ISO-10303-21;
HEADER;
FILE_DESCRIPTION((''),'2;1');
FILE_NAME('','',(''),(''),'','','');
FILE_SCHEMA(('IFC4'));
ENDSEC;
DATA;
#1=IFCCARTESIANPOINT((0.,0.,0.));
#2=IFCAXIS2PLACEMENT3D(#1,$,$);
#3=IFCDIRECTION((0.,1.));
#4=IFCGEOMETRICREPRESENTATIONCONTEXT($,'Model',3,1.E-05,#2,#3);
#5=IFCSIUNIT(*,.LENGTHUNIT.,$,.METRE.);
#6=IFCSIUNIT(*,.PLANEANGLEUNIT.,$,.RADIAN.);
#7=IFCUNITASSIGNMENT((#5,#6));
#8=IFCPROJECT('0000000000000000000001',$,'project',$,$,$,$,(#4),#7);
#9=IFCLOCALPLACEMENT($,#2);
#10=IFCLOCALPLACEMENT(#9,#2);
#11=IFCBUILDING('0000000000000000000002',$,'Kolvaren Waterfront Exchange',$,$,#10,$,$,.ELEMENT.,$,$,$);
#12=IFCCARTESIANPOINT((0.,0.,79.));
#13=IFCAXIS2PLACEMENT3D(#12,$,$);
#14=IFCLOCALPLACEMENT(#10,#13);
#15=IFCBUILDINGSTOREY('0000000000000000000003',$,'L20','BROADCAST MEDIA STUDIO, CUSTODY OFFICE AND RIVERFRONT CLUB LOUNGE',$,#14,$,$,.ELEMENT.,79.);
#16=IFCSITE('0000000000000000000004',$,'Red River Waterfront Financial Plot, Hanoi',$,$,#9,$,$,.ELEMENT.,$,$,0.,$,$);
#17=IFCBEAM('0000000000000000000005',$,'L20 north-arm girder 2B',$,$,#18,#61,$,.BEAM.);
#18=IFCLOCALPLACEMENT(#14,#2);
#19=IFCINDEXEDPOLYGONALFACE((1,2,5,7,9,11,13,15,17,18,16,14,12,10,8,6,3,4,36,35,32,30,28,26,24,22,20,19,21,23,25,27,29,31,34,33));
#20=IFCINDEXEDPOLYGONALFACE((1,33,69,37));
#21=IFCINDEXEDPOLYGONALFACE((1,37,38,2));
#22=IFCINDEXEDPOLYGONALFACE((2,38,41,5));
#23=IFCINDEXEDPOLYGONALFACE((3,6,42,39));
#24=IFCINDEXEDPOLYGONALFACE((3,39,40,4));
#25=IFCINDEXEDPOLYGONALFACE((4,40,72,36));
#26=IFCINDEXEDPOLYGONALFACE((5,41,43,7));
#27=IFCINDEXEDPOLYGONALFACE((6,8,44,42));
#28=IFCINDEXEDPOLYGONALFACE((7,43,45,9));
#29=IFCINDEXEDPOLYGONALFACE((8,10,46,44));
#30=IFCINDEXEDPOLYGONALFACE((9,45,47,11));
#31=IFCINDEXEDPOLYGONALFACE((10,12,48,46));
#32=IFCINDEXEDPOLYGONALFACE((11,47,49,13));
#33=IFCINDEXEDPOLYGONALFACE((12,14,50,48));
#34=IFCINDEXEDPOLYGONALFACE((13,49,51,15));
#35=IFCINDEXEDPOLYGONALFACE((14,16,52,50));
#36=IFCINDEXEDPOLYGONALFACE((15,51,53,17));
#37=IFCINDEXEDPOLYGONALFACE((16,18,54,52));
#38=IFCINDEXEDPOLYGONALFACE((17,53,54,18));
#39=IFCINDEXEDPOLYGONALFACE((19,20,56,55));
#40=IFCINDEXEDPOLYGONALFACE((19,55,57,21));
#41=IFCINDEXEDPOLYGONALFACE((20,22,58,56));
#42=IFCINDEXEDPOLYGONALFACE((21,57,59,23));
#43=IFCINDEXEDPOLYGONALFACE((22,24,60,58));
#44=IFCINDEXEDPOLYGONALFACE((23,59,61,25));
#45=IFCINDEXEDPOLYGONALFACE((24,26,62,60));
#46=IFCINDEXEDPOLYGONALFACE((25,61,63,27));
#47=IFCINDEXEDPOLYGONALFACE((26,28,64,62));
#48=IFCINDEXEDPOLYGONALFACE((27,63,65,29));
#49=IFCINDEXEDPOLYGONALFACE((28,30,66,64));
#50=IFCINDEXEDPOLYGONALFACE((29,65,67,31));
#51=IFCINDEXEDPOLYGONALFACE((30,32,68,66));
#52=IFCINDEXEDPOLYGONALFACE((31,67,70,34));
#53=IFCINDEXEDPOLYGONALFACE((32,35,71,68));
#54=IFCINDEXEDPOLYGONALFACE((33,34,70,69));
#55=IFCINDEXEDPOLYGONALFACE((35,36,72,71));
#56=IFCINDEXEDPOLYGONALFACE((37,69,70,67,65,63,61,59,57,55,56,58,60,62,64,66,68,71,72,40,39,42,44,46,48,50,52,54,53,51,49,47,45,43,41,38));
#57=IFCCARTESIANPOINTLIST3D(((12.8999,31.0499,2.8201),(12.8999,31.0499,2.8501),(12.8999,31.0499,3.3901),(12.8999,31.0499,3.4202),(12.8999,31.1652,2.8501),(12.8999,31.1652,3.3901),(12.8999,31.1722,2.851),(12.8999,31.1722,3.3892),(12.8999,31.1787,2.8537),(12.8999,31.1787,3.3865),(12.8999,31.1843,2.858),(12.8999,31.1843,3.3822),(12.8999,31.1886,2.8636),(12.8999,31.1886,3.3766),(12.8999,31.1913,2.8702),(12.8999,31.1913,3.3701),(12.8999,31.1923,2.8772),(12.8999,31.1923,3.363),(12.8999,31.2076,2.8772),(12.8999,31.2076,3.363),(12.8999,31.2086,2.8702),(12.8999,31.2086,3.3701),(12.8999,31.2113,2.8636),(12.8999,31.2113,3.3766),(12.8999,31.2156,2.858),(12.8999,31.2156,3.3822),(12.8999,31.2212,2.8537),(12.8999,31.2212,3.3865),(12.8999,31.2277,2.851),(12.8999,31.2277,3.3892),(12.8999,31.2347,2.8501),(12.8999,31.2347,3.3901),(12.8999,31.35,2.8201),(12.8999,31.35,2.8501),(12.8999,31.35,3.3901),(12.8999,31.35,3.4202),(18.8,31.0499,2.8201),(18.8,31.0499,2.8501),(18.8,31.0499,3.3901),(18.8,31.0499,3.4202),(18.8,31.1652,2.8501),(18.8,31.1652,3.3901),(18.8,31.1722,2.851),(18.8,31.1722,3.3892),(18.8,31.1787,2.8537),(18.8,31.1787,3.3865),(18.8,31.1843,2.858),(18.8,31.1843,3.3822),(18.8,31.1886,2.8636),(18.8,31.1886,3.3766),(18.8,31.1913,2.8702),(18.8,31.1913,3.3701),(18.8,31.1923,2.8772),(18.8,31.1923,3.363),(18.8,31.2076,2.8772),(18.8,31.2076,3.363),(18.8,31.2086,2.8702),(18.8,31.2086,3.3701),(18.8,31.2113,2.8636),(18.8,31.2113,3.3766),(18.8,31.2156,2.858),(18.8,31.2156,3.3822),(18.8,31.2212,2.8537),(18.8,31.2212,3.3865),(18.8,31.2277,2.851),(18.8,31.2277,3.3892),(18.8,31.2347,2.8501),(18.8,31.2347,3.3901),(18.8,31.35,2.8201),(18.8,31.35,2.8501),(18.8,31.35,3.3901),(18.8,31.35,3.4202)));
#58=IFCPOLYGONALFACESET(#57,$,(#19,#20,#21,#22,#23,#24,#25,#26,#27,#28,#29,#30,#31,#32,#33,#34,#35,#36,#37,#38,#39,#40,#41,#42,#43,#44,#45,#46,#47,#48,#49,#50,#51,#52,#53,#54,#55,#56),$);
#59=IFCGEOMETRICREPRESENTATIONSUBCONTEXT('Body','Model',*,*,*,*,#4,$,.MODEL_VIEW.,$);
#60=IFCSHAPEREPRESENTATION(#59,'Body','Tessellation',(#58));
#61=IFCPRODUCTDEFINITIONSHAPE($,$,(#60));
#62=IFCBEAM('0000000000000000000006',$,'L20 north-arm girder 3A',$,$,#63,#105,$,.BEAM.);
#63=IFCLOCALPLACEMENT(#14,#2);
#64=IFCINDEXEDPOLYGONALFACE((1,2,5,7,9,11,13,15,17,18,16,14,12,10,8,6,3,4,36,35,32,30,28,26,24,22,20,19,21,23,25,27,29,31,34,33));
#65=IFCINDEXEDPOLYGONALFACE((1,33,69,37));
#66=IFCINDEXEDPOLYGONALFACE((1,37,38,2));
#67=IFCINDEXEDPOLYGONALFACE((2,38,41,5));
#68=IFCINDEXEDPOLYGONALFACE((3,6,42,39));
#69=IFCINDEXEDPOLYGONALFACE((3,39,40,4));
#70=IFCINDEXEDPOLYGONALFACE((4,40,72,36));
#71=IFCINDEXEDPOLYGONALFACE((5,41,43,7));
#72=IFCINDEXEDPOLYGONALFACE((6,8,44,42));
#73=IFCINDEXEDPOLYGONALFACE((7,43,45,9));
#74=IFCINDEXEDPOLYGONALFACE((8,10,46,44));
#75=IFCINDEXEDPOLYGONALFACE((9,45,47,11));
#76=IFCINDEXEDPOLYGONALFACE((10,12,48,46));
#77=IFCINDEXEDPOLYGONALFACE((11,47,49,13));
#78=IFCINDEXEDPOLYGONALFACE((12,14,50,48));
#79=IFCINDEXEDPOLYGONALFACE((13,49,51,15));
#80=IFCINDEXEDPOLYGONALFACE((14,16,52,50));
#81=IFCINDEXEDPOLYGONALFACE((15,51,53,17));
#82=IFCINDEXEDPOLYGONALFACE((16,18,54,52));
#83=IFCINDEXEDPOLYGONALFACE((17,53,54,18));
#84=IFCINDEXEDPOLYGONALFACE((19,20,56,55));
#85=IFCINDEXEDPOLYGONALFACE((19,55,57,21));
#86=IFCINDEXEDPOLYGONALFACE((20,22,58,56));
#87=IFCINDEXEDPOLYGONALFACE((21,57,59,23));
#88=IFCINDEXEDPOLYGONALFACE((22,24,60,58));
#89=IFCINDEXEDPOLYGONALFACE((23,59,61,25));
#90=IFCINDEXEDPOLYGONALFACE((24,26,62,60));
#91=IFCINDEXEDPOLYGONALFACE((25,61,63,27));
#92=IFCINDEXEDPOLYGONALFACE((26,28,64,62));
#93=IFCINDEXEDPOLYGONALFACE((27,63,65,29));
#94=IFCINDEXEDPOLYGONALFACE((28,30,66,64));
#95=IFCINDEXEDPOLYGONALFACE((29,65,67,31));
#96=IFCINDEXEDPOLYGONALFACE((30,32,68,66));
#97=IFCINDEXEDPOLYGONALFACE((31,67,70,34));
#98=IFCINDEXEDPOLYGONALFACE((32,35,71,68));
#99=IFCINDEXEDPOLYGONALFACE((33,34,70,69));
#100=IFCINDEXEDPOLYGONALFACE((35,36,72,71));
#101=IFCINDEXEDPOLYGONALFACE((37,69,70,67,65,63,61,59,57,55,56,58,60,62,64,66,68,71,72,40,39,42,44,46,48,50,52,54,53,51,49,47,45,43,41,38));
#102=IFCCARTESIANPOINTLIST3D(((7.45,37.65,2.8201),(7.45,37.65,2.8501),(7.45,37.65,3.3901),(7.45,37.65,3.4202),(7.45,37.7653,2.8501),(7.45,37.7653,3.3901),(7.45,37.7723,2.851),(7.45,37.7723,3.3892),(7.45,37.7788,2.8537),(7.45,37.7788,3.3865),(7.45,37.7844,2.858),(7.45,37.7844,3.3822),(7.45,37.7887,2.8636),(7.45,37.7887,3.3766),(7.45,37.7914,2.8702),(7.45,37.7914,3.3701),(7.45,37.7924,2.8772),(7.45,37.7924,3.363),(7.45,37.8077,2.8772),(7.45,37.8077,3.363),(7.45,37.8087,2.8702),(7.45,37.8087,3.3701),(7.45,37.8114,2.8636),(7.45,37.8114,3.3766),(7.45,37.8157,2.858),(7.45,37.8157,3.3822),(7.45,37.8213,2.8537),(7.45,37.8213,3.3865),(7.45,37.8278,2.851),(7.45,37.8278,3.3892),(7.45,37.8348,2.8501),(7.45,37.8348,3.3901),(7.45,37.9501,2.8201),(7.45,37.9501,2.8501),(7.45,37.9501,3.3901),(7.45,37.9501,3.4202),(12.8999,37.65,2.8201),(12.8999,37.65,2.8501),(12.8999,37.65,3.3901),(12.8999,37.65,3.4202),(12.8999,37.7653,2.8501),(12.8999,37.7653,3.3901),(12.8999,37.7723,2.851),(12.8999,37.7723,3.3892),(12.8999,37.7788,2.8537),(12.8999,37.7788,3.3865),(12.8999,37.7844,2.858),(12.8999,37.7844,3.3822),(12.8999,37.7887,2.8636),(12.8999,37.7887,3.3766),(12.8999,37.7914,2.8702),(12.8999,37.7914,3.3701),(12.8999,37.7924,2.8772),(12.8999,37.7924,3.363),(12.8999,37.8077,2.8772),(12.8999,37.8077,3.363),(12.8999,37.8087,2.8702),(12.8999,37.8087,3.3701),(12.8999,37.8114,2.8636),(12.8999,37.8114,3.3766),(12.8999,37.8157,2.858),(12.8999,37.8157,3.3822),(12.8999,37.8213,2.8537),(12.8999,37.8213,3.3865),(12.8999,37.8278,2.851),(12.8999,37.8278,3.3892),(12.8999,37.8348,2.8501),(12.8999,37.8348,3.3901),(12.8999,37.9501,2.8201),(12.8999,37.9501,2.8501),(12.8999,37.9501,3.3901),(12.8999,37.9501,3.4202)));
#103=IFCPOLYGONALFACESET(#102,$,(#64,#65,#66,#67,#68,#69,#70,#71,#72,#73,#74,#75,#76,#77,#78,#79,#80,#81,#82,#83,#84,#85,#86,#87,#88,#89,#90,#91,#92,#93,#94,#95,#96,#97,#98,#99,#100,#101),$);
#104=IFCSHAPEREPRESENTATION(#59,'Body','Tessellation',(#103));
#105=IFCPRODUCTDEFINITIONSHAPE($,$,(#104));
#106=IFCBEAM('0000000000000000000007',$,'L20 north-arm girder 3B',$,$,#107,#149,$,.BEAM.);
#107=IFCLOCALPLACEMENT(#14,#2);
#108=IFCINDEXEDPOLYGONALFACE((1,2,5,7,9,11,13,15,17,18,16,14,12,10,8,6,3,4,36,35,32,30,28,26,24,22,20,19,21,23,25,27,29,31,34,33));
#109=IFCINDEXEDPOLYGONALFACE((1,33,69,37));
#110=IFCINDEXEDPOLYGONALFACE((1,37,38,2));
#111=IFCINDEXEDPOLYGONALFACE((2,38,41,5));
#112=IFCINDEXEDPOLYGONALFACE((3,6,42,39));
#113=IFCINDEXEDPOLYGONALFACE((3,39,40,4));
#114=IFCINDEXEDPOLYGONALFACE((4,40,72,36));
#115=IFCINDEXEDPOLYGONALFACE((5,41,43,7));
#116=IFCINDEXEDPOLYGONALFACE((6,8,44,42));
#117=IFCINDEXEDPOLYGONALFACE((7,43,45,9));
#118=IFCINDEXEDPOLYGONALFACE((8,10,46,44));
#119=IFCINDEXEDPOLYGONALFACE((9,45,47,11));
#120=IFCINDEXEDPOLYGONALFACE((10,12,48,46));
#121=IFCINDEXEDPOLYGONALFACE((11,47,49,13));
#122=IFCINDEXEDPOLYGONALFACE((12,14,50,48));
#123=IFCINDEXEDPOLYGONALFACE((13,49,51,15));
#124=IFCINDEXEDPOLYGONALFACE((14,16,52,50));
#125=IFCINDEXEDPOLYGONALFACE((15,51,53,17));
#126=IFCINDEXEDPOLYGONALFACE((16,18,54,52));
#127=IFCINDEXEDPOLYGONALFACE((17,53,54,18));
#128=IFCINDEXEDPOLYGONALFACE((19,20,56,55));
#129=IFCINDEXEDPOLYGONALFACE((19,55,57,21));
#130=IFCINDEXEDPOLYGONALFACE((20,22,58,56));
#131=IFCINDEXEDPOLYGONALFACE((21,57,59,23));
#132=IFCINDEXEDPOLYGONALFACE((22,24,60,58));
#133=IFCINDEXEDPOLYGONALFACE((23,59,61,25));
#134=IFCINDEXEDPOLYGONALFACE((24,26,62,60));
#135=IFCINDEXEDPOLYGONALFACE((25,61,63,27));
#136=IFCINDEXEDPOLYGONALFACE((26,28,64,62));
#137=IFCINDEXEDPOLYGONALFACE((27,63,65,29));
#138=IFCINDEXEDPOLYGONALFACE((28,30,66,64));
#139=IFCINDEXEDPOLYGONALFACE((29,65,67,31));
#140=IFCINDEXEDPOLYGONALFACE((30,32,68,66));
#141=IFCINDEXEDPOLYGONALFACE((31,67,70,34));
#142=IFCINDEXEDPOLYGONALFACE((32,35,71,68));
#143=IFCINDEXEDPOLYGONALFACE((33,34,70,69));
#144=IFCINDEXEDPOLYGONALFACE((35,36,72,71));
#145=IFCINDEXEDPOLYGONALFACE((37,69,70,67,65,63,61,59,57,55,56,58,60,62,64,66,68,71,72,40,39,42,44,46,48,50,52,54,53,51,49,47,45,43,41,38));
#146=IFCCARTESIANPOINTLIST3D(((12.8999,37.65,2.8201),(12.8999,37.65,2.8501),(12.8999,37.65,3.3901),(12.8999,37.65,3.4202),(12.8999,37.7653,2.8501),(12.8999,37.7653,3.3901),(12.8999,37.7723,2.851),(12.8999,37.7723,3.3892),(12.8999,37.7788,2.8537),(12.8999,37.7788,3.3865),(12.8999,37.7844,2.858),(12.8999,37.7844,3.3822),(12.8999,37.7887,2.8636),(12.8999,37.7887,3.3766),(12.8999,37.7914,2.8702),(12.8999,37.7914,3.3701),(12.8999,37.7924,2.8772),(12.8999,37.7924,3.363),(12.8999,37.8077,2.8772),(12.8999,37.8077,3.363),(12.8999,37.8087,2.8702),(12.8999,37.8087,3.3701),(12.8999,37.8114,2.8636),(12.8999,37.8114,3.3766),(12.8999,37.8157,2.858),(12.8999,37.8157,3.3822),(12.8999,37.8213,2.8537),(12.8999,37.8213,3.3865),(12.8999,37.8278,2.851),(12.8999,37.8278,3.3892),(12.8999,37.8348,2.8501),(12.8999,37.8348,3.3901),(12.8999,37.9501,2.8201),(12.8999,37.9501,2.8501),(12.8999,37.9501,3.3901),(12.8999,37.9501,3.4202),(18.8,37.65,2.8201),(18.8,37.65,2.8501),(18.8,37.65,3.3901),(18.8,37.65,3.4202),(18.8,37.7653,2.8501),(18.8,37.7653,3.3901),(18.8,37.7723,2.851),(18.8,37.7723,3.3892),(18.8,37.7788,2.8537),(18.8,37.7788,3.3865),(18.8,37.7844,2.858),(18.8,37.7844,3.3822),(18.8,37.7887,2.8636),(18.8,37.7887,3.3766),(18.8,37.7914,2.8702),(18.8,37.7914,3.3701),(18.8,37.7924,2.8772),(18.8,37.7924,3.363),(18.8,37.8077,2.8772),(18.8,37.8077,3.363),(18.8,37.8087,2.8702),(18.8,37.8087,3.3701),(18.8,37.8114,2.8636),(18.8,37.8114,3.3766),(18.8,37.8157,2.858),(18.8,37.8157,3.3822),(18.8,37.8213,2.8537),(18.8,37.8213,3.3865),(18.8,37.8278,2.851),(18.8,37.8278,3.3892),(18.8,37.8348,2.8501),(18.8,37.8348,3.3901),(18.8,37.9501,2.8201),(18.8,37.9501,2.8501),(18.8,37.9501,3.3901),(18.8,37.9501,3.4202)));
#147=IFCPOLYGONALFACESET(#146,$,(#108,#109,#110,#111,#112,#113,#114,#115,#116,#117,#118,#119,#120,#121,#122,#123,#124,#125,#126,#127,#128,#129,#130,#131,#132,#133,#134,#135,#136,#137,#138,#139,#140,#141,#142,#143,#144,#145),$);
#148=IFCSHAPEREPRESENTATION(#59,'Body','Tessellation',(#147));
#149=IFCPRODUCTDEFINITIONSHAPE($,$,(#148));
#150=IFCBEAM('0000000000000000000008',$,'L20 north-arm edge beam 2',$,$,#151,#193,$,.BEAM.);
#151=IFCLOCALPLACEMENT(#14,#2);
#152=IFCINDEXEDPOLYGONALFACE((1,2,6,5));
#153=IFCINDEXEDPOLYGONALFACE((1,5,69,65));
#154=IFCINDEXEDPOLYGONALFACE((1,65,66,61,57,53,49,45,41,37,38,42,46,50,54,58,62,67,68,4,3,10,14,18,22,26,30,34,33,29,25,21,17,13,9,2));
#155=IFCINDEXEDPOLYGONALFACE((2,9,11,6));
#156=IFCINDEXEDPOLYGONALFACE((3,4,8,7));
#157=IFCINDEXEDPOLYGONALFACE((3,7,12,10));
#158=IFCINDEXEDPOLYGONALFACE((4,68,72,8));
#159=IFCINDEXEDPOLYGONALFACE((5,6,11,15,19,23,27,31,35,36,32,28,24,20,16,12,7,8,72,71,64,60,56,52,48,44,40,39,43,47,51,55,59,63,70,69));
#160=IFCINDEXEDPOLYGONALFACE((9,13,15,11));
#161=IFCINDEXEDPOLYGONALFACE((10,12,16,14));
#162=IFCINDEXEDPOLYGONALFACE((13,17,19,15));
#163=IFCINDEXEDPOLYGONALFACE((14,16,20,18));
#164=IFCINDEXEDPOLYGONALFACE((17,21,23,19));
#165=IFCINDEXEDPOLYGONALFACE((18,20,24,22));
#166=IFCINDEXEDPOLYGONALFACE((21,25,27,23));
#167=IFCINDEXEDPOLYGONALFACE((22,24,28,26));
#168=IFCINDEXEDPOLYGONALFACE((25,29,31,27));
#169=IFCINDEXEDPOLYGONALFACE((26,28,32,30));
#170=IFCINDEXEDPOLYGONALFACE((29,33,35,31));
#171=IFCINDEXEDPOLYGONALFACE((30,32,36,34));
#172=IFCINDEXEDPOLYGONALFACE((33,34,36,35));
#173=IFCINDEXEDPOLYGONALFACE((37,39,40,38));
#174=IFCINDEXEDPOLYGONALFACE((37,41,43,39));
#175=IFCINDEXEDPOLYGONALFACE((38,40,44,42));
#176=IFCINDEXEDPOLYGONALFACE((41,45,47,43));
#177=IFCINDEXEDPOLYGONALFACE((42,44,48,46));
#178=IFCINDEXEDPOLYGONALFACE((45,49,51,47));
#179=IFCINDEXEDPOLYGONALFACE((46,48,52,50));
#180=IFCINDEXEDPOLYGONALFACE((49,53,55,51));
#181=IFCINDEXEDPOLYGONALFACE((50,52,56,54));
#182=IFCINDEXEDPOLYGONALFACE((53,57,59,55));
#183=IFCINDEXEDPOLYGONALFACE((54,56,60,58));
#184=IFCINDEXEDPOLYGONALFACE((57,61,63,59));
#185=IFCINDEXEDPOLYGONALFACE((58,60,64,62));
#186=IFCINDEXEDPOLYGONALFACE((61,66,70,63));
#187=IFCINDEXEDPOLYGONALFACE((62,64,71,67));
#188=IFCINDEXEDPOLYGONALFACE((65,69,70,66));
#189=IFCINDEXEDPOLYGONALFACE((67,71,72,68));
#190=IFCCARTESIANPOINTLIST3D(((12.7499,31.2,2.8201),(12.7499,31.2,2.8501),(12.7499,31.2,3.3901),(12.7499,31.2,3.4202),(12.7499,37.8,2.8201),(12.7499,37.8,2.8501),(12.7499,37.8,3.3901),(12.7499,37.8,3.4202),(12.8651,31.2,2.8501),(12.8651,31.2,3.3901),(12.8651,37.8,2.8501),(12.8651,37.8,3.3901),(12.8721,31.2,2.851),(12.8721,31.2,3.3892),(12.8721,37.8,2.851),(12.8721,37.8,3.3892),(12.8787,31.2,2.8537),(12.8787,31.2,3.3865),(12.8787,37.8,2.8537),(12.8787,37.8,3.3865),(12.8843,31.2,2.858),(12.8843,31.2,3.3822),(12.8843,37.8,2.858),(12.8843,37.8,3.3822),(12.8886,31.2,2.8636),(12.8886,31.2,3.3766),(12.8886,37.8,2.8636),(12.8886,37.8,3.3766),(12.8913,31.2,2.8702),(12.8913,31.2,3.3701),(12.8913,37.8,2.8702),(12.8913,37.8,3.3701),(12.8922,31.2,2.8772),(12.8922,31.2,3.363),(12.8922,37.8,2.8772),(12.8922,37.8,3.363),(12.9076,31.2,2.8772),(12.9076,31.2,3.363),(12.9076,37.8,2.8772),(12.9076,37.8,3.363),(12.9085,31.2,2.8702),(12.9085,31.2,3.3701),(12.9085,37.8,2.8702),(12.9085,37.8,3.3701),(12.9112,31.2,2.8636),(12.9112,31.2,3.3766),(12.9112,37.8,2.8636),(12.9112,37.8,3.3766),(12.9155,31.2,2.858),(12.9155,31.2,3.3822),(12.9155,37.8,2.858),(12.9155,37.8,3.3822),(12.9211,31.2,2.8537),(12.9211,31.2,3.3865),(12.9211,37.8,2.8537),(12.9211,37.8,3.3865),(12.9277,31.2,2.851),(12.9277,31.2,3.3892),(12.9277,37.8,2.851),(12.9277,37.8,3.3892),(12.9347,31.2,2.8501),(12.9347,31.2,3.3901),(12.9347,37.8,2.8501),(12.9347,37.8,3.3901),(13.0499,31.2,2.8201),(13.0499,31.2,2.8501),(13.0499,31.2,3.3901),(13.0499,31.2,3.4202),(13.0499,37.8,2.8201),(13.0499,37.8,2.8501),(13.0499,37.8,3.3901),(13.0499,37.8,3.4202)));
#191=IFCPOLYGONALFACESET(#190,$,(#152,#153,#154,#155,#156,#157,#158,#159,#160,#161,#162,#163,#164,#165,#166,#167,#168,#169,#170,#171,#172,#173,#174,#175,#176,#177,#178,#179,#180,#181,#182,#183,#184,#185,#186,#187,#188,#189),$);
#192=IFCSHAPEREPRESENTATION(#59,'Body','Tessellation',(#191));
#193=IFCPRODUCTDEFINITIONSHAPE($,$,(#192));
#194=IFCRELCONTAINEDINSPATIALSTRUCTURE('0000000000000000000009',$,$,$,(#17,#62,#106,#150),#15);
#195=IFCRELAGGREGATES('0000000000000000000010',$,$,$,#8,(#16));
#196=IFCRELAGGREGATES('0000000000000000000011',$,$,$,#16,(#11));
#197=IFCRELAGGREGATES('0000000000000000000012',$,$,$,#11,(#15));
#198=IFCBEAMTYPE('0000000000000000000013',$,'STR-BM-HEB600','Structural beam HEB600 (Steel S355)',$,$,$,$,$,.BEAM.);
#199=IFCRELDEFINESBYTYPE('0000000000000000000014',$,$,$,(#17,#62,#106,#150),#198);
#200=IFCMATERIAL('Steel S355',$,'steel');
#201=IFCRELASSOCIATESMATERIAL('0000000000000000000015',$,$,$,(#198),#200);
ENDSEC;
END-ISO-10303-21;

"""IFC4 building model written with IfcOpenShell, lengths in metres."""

from ifc_helpers import new_model, si_unit, direction, frame, origin, origin_2d, place, context, subcontext, project, spatial, i_section, extrude, material, material_profile, profile_set, type_object, element, save


model = new_model("IFC4")

# Units and contexts
model_context = context("Model", 3, precision=1e-05, world=origin(), true_north=direction((0.0, 1.0)))
body_context = subcontext(model_context, "Body", "Model", "MODEL_VIEW")
ifc_project = project(units=[si_unit("LENGTHUNIT", "METRE"), si_unit("PLANEANGLEUNIT", "RADIAN")], contexts=[model_context])

# Site, building, storey
site_placement = place(None, origin())
site = spatial("IfcSite", under=ifc_project, at=site_placement, Name="Red River Waterfront Financial Plot, Hanoi", CompositionType="ELEMENT", RefElevation=0.0)
building_placement = place(site_placement, origin())
building = spatial("IfcBuilding", under=site, at=building_placement, Name="Kolvaren Waterfront Exchange", CompositionType="ELEMENT")
storey_placement = place(building_placement, frame((0.0, 0.0, 79.0)))
storey = spatial("IfcBuildingStorey", under=building, at=storey_placement, Name="L20", Description="BROADCAST MEDIA STUDIO, CUSTODY OFFICE AND RIVERFRONT CLUB LOUNGE", CompositionType="ELEMENT", Elevation=79.0)

# Beams
ifc_material_1 = material(Name="Steel S355", Category="steel")
ifc_material_profile_1 = material_profile(ifc_material_1, i_section(OverallWidth=0.3, OverallDepth=0.6001, WebThickness=0.0154, FlangeThickness=0.03, FilletRadius=0.0271, at=origin_2d()), Name="HEB600")
ifc_profile_set_1 = profile_set([ifc_material_profile_1], Name="Steel S355")
beam_type_1 = type_object("IfcBeamType", Name="STR-BM-HEB600", Description="Structural beam HEB600 (Steel S355)", PredefinedType="BEAM", material=ifc_profile_set_1)
beam_1_placement = place(storey_placement, frame((12.8999, 31.2, 3.1201), z_axis=(1.0, 0.0, 0.0), x_axis=(0.0, 1.0, 0.0)))
element("IfcBeam", 1, at=beam_1_placement, inside=storey, type_object=beam_type_1, Name="L20 north-arm girder 2B", PredefinedType="BEAM", context=body_context, shape_type="SweptSolid", body=[
    extrude(i_section(OverallWidth=0.3, OverallDepth=0.6001, WebThickness=0.0154, FlangeThickness=0.03, FilletRadius=0.0271, at=origin_2d()), origin(), (0.0, 0.0, 1.0), 5.9001),
])
beam_2_placement = place(storey_placement, frame((7.45, 37.8, 3.1201), z_axis=(1.0, 0.0, 0.0), x_axis=(0.0, 1.0, 0.0)))
element("IfcBeam", 2, at=beam_2_placement, inside=storey, type_object=beam_type_1, Name="L20 north-arm girder 3A", PredefinedType="BEAM", context=body_context, shape_type="SweptSolid", body=[
    extrude(i_section(OverallWidth=0.3, OverallDepth=0.6001, WebThickness=0.0154, FlangeThickness=0.03, FilletRadius=0.0271, at=origin_2d()), origin(), (0.0, 0.0, 1.0), 5.45),
])
beam_3_placement = place(storey_placement, frame((12.8999, 37.8, 3.1201), z_axis=(1.0, 0.0, 0.0), x_axis=(0.0, 1.0, 0.0)))
element("IfcBeam", 3, at=beam_3_placement, inside=storey, type_object=beam_type_1, Name="L20 north-arm girder 3B", PredefinedType="BEAM", context=body_context, shape_type="SweptSolid", body=[
    extrude(i_section(OverallWidth=0.3, OverallDepth=0.6001, WebThickness=0.0154, FlangeThickness=0.03, FilletRadius=0.0271, at=origin_2d()), origin(), (0.0, 0.0, 1.0), 5.9001),
])
beam_4_placement = place(storey_placement, frame((12.8999, 31.2, 3.1201), z_axis=(0.0, 1.0, 0.0), x_axis=(-1.0, 0.0, 0.0)))
element("IfcBeam", 4, at=beam_4_placement, inside=storey, type_object=beam_type_1, Name="L20 north-arm edge beam 2", PredefinedType="BEAM", context=body_context, shape_type="SweptSolid", body=[
    extrude(i_section(OverallWidth=0.3, OverallDepth=0.6001, WebThickness=0.0154, FlangeThickness=0.03, FilletRadius=0.0271, at=origin_2d()), origin(), (0.0, 0.0, 1.0), 6.6001),
])

save(model, "model.ifc")
